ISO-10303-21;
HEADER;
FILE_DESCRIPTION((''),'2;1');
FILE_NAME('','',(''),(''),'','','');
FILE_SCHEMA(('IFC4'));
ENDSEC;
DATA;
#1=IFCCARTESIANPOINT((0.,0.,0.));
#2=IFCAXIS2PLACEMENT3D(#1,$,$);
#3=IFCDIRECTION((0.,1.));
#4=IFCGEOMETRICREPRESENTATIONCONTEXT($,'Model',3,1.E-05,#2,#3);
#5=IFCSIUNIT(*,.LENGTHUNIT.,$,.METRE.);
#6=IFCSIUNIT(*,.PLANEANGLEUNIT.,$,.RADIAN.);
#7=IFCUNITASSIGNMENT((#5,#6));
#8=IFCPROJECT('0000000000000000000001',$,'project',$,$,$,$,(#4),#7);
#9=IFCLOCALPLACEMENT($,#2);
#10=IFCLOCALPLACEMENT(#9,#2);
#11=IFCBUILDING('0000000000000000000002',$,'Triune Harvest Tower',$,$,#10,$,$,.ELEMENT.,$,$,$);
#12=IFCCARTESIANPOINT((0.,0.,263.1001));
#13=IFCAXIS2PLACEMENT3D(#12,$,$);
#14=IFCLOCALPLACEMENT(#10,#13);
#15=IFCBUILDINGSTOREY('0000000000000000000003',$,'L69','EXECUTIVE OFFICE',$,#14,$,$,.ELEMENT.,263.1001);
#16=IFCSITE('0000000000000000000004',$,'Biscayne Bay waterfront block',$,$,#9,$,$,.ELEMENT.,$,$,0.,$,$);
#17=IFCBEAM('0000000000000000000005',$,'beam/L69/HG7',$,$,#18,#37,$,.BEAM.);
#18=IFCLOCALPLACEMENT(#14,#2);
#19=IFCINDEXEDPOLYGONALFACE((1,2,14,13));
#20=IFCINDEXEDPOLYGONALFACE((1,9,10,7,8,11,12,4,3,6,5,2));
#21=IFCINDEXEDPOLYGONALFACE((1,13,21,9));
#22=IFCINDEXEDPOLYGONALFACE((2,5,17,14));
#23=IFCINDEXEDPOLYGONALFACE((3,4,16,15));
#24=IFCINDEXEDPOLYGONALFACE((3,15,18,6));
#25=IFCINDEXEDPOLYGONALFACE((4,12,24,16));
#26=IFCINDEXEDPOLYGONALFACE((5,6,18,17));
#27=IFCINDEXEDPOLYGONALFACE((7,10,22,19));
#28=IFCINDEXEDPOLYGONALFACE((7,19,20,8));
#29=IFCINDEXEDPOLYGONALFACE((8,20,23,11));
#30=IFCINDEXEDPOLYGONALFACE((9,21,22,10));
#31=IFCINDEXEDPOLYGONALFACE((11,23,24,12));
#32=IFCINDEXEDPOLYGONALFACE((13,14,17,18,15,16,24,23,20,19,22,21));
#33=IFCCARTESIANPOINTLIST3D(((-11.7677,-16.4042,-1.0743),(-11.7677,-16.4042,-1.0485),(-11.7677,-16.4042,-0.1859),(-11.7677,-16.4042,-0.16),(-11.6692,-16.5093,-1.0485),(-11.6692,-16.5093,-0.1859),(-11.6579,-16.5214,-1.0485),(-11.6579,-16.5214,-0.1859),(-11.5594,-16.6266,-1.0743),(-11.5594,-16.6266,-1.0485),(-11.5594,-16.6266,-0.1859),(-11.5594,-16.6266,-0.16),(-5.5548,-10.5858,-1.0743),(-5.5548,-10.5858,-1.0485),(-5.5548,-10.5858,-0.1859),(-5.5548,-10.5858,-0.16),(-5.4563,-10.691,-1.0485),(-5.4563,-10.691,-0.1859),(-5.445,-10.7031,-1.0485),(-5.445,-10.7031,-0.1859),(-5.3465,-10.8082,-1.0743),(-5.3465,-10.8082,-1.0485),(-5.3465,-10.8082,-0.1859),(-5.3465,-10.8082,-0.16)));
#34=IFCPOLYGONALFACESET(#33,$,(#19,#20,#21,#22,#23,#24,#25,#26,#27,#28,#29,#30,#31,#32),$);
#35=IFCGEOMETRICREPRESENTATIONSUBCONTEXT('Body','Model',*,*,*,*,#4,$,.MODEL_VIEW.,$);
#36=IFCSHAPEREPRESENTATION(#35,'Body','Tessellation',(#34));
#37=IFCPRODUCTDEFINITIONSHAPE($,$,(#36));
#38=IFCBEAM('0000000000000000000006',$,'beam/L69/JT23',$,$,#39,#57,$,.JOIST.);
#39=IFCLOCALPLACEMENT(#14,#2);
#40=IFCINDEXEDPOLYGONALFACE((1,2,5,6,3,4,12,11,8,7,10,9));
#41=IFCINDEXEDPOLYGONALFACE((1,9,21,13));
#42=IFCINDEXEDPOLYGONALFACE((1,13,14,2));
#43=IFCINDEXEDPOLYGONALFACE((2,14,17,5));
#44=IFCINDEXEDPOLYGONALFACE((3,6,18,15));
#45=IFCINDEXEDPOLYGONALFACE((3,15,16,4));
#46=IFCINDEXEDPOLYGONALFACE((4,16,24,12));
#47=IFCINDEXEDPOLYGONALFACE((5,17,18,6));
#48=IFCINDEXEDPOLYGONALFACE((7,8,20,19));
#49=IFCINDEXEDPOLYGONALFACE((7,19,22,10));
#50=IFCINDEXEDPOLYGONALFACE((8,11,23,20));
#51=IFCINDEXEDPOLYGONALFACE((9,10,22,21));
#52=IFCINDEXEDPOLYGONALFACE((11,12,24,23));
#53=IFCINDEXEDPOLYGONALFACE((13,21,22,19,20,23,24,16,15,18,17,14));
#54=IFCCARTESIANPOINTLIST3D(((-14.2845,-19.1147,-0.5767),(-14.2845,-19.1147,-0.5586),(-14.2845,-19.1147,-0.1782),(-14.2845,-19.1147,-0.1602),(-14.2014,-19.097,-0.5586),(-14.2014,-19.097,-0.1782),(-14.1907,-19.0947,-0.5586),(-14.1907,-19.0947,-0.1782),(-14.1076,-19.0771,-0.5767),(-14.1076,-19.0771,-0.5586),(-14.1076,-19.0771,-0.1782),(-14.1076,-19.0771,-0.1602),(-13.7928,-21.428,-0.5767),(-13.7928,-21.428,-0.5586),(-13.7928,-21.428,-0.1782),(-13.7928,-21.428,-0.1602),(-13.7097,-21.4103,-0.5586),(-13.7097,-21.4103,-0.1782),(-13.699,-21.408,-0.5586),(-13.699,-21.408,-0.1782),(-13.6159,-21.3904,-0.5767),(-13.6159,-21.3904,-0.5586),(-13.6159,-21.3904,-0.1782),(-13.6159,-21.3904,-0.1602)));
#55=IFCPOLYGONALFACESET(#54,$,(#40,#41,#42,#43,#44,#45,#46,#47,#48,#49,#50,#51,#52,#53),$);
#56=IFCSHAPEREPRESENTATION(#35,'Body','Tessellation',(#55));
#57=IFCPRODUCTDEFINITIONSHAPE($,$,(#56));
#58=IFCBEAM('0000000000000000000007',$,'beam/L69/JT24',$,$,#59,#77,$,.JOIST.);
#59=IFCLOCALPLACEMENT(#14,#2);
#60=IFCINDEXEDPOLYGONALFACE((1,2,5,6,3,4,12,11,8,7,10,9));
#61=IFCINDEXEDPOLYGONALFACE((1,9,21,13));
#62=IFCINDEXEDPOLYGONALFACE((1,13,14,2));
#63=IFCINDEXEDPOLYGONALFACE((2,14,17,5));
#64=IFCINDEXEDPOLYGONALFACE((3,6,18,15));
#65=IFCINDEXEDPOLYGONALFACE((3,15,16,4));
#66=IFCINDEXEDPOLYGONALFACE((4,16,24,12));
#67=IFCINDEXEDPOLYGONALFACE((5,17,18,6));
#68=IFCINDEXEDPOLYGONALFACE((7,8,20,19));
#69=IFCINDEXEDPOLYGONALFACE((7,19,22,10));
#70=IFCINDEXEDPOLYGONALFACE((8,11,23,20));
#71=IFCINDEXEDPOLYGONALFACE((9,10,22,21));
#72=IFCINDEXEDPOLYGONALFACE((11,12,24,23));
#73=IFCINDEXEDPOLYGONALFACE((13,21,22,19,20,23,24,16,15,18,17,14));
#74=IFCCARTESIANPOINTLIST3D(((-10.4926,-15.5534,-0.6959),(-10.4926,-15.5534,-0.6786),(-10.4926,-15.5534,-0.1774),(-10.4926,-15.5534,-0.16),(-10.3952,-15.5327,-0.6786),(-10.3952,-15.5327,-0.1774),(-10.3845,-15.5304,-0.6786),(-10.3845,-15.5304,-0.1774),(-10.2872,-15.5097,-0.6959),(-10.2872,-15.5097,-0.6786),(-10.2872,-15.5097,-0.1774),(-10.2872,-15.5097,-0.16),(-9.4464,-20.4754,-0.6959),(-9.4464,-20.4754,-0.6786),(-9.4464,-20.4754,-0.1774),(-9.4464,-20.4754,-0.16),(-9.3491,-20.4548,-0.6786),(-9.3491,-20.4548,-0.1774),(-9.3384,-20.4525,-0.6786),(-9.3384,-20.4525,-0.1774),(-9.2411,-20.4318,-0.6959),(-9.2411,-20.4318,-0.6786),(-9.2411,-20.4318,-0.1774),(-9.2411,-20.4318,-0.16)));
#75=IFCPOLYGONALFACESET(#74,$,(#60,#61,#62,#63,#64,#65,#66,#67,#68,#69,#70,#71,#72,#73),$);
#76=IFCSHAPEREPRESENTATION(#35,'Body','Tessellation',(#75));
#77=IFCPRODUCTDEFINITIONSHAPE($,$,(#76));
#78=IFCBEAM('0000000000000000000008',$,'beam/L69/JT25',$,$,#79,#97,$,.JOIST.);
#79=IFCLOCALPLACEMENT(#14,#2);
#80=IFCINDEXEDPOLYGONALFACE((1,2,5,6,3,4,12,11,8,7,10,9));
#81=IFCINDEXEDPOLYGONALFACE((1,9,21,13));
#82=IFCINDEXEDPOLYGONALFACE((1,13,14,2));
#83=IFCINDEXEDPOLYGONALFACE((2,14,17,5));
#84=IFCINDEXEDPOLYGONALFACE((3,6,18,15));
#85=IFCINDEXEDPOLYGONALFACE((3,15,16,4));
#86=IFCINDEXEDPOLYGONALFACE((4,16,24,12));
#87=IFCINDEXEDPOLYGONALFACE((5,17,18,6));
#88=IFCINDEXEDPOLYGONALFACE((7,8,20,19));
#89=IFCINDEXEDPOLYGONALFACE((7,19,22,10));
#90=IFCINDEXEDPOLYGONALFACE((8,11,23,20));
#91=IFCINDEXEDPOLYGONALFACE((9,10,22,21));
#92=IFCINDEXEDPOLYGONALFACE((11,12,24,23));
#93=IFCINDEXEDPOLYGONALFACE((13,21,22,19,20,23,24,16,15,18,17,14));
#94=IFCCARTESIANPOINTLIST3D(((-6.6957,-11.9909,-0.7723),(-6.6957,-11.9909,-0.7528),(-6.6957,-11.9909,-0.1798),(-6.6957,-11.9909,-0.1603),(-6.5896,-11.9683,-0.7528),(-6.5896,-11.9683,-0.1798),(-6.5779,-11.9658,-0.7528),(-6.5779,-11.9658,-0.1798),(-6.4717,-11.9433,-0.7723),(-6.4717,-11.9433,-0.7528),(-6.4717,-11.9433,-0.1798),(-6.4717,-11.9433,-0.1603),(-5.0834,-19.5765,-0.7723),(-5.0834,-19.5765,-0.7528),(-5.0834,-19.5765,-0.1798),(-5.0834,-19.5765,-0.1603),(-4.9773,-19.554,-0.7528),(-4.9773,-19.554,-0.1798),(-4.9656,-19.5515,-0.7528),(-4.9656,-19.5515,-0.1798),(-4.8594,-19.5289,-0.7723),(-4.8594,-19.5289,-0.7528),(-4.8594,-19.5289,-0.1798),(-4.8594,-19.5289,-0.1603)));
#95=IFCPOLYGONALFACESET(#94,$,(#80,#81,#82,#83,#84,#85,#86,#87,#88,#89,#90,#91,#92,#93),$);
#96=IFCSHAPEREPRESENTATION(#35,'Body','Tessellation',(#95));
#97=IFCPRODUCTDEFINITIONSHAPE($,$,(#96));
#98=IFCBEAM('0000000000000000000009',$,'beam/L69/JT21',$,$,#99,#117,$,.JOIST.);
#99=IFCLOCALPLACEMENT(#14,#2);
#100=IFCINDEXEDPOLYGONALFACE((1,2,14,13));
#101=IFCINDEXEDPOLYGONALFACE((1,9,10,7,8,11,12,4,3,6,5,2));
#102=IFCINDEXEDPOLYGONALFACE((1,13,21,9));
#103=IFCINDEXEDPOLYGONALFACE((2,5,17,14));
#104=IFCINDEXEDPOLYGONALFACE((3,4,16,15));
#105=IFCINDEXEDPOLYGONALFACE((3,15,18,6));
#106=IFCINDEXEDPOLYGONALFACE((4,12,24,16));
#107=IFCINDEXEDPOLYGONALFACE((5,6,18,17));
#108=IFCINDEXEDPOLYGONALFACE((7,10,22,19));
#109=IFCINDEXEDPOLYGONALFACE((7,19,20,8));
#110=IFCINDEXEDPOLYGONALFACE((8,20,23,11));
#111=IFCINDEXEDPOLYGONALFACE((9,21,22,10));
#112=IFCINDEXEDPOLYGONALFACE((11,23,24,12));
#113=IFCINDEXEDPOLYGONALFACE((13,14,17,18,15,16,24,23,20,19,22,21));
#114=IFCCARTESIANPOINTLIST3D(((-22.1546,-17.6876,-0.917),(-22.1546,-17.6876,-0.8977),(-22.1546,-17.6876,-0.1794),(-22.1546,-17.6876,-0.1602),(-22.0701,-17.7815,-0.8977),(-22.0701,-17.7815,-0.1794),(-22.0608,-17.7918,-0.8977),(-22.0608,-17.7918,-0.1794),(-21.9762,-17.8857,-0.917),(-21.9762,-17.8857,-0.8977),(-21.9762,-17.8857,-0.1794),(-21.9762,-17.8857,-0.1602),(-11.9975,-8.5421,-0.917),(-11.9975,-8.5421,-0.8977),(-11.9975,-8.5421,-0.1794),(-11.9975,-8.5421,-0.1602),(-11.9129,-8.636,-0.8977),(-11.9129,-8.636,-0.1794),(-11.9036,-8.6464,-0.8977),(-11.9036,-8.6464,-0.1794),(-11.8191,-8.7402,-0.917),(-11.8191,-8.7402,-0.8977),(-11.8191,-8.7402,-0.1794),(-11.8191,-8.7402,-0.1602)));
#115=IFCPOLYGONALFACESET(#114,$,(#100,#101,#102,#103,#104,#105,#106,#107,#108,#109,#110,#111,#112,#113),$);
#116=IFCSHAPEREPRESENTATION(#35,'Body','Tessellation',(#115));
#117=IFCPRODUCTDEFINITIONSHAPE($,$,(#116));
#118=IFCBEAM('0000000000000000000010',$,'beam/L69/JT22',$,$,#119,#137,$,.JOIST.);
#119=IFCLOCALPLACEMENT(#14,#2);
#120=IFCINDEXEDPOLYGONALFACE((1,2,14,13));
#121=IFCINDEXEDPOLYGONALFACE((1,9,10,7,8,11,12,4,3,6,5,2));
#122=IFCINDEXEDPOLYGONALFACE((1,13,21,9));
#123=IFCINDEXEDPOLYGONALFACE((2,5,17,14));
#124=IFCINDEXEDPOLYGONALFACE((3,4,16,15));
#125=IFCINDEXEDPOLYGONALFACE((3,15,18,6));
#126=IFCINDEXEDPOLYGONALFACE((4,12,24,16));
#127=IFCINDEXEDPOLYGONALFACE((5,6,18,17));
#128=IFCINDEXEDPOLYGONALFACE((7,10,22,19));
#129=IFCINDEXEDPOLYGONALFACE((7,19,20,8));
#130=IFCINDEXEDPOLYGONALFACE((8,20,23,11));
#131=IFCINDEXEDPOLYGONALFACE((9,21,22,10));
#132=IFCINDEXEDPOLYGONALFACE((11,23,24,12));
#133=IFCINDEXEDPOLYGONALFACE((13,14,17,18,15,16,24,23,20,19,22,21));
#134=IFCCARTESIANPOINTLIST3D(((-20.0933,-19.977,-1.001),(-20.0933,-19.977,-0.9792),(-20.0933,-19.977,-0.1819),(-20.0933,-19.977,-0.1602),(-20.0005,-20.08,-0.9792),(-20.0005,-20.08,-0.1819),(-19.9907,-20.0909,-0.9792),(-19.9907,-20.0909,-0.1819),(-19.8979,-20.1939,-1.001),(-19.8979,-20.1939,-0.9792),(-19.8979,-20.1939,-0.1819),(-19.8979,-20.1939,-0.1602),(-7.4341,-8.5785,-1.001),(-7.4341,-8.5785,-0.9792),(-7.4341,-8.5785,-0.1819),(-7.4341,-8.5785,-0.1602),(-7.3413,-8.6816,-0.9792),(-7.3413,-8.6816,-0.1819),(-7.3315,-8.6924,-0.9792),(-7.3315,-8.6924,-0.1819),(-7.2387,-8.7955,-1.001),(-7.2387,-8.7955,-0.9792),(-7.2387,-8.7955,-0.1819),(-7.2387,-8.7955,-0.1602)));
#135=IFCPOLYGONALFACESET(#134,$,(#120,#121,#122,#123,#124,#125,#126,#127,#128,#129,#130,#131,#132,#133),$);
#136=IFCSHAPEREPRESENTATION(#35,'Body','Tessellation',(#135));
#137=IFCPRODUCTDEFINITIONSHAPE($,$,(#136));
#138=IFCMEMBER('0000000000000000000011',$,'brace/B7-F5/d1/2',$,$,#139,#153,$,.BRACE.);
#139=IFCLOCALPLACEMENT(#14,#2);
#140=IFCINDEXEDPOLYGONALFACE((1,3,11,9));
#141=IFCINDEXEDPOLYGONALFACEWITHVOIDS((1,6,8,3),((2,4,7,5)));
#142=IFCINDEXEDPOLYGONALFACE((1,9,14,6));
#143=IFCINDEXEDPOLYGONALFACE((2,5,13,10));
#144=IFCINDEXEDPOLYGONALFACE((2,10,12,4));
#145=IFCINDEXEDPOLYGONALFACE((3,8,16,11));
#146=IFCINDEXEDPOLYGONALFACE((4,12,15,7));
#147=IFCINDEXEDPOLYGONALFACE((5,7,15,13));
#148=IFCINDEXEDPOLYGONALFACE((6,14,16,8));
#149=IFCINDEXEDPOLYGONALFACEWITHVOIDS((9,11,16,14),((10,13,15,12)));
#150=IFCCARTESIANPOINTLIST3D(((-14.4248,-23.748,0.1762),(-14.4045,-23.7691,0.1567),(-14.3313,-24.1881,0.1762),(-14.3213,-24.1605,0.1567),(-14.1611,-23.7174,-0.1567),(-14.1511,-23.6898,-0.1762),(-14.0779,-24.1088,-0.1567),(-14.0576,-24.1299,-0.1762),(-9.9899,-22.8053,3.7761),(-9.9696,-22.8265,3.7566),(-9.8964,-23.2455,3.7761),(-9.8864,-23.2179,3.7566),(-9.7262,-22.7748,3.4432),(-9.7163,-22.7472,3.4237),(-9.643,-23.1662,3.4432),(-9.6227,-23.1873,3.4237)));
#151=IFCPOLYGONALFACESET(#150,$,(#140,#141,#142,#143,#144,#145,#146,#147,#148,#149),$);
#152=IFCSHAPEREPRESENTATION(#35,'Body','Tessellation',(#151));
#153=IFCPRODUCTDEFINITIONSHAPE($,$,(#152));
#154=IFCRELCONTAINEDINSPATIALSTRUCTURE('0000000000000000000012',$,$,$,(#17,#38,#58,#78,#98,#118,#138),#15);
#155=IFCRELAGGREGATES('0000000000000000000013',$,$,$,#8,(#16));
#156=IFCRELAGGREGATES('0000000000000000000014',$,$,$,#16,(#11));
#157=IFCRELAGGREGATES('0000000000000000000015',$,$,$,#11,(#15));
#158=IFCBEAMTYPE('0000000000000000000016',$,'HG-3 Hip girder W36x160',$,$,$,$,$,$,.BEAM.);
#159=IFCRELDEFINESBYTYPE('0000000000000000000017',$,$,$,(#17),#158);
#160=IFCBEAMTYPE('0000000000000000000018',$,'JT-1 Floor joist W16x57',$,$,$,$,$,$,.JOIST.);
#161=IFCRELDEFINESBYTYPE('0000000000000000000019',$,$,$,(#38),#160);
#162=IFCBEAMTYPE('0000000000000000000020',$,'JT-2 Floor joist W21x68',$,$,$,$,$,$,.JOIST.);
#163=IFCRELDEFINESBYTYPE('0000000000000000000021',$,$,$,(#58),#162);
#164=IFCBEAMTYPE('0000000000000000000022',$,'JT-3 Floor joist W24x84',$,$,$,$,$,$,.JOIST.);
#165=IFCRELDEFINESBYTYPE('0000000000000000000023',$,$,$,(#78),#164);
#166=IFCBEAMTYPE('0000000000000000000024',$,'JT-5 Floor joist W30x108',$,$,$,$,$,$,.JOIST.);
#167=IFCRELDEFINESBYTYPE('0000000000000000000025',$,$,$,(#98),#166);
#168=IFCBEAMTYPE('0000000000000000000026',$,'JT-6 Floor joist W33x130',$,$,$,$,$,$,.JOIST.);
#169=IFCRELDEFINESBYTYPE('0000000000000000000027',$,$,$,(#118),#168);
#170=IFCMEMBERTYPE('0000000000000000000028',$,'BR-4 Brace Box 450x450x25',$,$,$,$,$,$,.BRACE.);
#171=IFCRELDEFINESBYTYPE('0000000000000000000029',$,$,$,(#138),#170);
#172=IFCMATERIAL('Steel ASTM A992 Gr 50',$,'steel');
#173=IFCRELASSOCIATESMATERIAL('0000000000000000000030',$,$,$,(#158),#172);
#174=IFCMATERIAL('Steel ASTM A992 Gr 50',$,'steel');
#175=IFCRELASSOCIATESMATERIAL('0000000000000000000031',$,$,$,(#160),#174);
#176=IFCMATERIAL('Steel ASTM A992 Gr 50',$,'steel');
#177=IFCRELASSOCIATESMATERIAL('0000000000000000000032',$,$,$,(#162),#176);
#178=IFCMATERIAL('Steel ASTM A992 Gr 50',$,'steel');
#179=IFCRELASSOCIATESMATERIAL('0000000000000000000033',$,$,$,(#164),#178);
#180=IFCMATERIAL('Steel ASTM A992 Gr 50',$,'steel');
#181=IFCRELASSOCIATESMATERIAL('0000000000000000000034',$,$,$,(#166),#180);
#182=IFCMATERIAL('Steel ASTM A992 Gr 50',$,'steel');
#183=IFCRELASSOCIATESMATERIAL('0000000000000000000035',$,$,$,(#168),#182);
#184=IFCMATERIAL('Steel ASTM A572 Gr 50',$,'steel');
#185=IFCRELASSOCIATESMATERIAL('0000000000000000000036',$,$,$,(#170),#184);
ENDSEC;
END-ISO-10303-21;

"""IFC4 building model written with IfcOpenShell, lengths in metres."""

from ifc_helpers import new_model, si_unit, direction, frame, origin, origin_2d, place, context, subcontext, project, spatial, hollow_rectangle, i_section, extrude, source, transform, mapped, material, material_profile, profile_set, type_object, element, save


model = new_model("IFC4")

# Units and contexts
model_context = context("Model", 3, precision=1e-05, world=origin(), true_north=direction((0.0, 1.0)))
body_context = subcontext(model_context, "Body", "Model", "MODEL_VIEW")
ifc_project = project(units=[si_unit("LENGTHUNIT", "METRE"), si_unit("PLANEANGLEUNIT", "RADIAN")], contexts=[model_context])

# Site, building, storey
site_placement = place(None, origin())
site = spatial("IfcSite", under=ifc_project, at=site_placement, Name="Biscayne Bay waterfront block", CompositionType="ELEMENT", RefElevation=0.0)
building_placement = place(site_placement, origin())
building = spatial("IfcBuilding", under=site, at=building_placement, Name="Triune Harvest Tower", CompositionType="ELEMENT")
storey_placement = place(building_placement, frame((0.0, 0.0, 263.1001)))
storey = spatial("IfcBuildingStorey", under=building, at=storey_placement, Name="L69", Description="EXECUTIVE OFFICE", CompositionType="ELEMENT", Elevation=263.1001)

# Beams
ifc_material_1 = material(Name="Steel ASTM A992 Gr 50", Category="steel")
ifc_material_profile_1 = material_profile(ifc_material_1, i_section(OverallWidth=0.3047, OverallDepth=0.9143, WebThickness=0.0166, FlangeThickness=0.0259, at=origin_2d()), Name="W36x160")
ifc_profile_set_1 = profile_set([ifc_material_profile_1], Name="Steel ASTM A992 Gr 50")
beam_type_1 = type_object("IfcBeamType", Name="HG-3 Hip girder W36x160", PredefinedType="BEAM", material=ifc_profile_set_1)
shared_shape_1 = source(origin(), body_context, "Body", "SweptSolid", [
    extrude(i_section(OverallWidth=0.3047, OverallDepth=0.9143, WebThickness=0.0166, FlangeThickness=0.0259, at=origin_2d()), origin(), (0.0, 0.0, 1.0), 8.512),
])
beam_1_placement = place(storey_placement, frame((-11.6636, -16.5154, -0.6172), z_axis=(0.729902, 0.683552, 0.0), x_axis=(-0.683552, 0.729902, 0.0)))
element("IfcBeam", 1, at=beam_1_placement, inside=storey, type_object=beam_type_1, Name="beam/L69/HG7", PredefinedType="BEAM", context=body_context, shape_type="MappedRepresentation", body=[
    mapped(shared_shape_1, transform((0.0, 0.0, 0.0), scale=1.0)),
])
ifc_material_2 = material(Name="Steel ASTM A992 Gr 50", Category="steel")
ifc_material_profile_2 = material_profile(ifc_material_2, i_section(OverallWidth=0.1809, OverallDepth=0.4165, WebThickness=0.011, FlangeThickness=0.0181, at=origin_2d()), Name="W16x57")
ifc_profile_set_2 = profile_set([ifc_material_profile_2], Name="Steel ASTM A992 Gr 50")
beam_type_2 = type_object("IfcBeamType", Name="JT-1 Floor joist W16x57", PredefinedType="JOIST", material=ifc_profile_set_2)
shared_shape_2 = source(origin(), body_context, "Body", "SweptSolid", [
    extrude(i_section(OverallWidth=0.1809, OverallDepth=0.4165, WebThickness=0.011, FlangeThickness=0.0181, at=origin_2d()), origin(), (0.0, 0.0, 1.0), 2.365),
])
beam_2_placement = place(storey_placement, frame((-13.7043, -21.4092, -0.3684), z_axis=(-0.207914, 0.978147, 0.0), x_axis=(-0.978147, -0.207914, 0.0)))
element("IfcBeam", 2, at=beam_2_placement, inside=storey, type_object=beam_type_2, Name="beam/L69/JT23", PredefinedType="JOIST", context=body_context, shape_type="MappedRepresentation", body=[
    mapped(shared_shape_2, transform((0.0, 0.0, 0.0), scale=1.0)),
])
ifc_material_3 = material(Name="Steel ASTM A992 Gr 50", Category="steel")
ifc_material_profile_3 = material_profile(ifc_material_3, i_section(OverallWidth=0.21, OverallDepth=0.5359, WebThickness=0.011, FlangeThickness=0.0173, at=origin_2d()), Name="W21x68")
ifc_profile_set_3 = profile_set([ifc_material_profile_3], Name="Steel ASTM A992 Gr 50")
beam_type_3 = type_object("IfcBeamType", Name="JT-2 Floor joist W21x68", PredefinedType="JOIST", material=ifc_profile_set_3)
shared_shape_3 = source(origin(), body_context, "Body", "SweptSolid", [
    extrude(i_section(OverallWidth=0.21, OverallDepth=0.5359, WebThickness=0.011, FlangeThickness=0.0173, at=origin_2d()), origin(), (0.0, 0.0, 1.0), 5.032),
])
beam_3_placement = place(storey_placement, frame((-9.3438, -20.4536, -0.428), z_axis=(-0.207895, 0.978151, 0.0), x_axis=(-0.978151, -0.207895, 0.0)))
element("IfcBeam", 3, at=beam_3_placement, inside=storey, type_object=beam_type_3, Name="beam/L69/JT24", PredefinedType="JOIST", context=body_context, shape_type="MappedRepresentation", body=[
    mapped(shared_shape_3, transform((0.0, 0.0, 0.0), scale=1.0)),
])
ifc_material_4 = material(Name="Steel ASTM A992 Gr 50", Category="steel")
ifc_material_profile_4 = material_profile(ifc_material_4, i_section(OverallWidth=0.229, OverallDepth=0.6121, WebThickness=0.012, FlangeThickness=0.0195, at=origin_2d()), Name="W24x84")
ifc_profile_set_4 = profile_set([ifc_material_profile_4], Name="Steel ASTM A992 Gr 50")
beam_type_4 = type_object("IfcBeamType", Name="JT-3 Floor joist W24x84", PredefinedType="JOIST", material=ifc_profile_set_4)
shared_shape_4 = source(origin(), body_context, "Body", "SweptSolid", [
    extrude(i_section(OverallWidth=0.229, OverallDepth=0.6121, WebThickness=0.012, FlangeThickness=0.0195, at=origin_2d()), origin(), (0.0, 0.0, 1.0), 7.7551),
])
beam_4_placement = place(storey_placement, frame((-4.9714, -19.5527, -0.4663), z_axis=(-0.207901, 0.97815, 0.0), x_axis=(-0.97815, -0.207901, 0.0)))
element("IfcBeam", 4, at=beam_4_placement, inside=storey, type_object=beam_type_4, Name="beam/L69/JT25", PredefinedType="JOIST", context=body_context, shape_type="MappedRepresentation", body=[
    mapped(shared_shape_4, transform((0.0, 0.0, 0.0), scale=1.0)),
])
ifc_material_5 = material(Name="Steel ASTM A992 Gr 50", Category="steel")
ifc_material_profile_5 = material_profile(ifc_material_5, i_section(OverallWidth=0.2666, OverallDepth=0.7568, WebThickness=0.0139, FlangeThickness=0.0193, at=origin_2d()), Name="W30x108")
ifc_profile_set_5 = profile_set([ifc_material_profile_5], Name="Steel ASTM A992 Gr 50")
beam_type_5 = type_object("IfcBeamType", Name="JT-5 Floor joist W30x108", PredefinedType="JOIST", material=ifc_profile_set_5)
shared_shape_5 = source(origin(), body_context, "Body", "SweptSolid", [
    extrude(i_section(OverallWidth=0.2666, OverallDepth=0.7568, WebThickness=0.0139, FlangeThickness=0.0193, at=origin_2d()), origin(), (0.0, 0.0, 1.0), 13.6677),
])
beam_5_placement = place(storey_placement, frame((-22.0654, -17.7866, -0.5386), z_axis=(0.743148, 0.669127, 0.0), x_axis=(-0.669127, 0.743148, 0.0)))
element("IfcBeam", 5, at=beam_5_placement, inside=storey, type_object=beam_type_5, Name="beam/L69/JT21", PredefinedType="JOIST", context=body_context, shape_type="MappedRepresentation", body=[
    mapped(shared_shape_5, transform((0.0, 0.0, 0.0), scale=1.0)),
])
ifc_material_6 = material(Name="Steel ASTM A992 Gr 50", Category="steel")
ifc_material_profile_6 = material_profile(ifc_material_6, i_section(OverallWidth=0.292, OverallDepth=0.8408, WebThickness=0.0146, FlangeThickness=0.0217, at=origin_2d()), Name="W33x130")
ifc_profile_set_6 = profile_set([ifc_material_profile_6], Name="Steel ASTM A992 Gr 50")
beam_type_6 = type_object("IfcBeamType", Name="JT-6 Floor joist W33x130", PredefinedType="JOIST", material=ifc_profile_set_6)
shared_shape_6 = source(origin(), body_context, "Body", "SweptSolid", [
    extrude(i_section(OverallWidth=0.292, OverallDepth=0.8408, WebThickness=0.0146, FlangeThickness=0.0217, at=origin_2d()), origin(), (0.0, 0.0, 1.0), 17.0347),
])
beam_6_placement = place(storey_placement, frame((-19.9956, -20.0854, -0.5806), z_axis=(0.743143, 0.669133, 0.0), x_axis=(-0.669133, 0.743143, 0.0)))
element("IfcBeam", 6, at=beam_6_placement, inside=storey, type_object=beam_type_6, Name="beam/L69/JT22", PredefinedType="JOIST", context=body_context, shape_type="MappedRepresentation", body=[
    mapped(shared_shape_6, transform((0.0, 0.0, 0.0), scale=1.0)),
])

# Member
ifc_material_7 = material(Name="Steel ASTM A572 Gr 50", Category="steel")
ifc_material_profile_7 = material_profile(ifc_material_7, hollow_rectangle(XDim=0.45, YDim=0.45, WallThickness=0.0249, at=origin_2d()), Name="Box 450x450x25")
ifc_profile_set_7 = profile_set([ifc_material_profile_7], Name="Steel ASTM A572 Gr 50")
member_type_1 = type_object("IfcMemberType", Name="BR-4 Brace Box 450x450x25", PredefinedType="BRACE", material=ifc_profile_set_7)
shared_shape_7 = source(origin(), body_context, "Body", "SweptSolid", [
    extrude(hollow_rectangle(XDim=0.45, YDim=0.45, WallThickness=0.0249, at=origin_2d()), origin(), (0.0, 0.0, 1.0), 5.7893),
])
member_1_placement = place(storey_placement, frame((-14.2412, -23.939, 0.0), z_axis=(0.766047, 0.162825, 0.62182), x_axis=(-0.207907, 0.978149, 0.0)))
element("IfcMember", 7, at=member_1_placement, inside=storey, type_object=member_type_1, Name="brace/B7-F5/d1/2", PredefinedType="BRACE", context=body_context, shape_type="MappedRepresentation", body=[
    mapped(shared_shape_7, transform((0.0, 0.0, 0.0), scale=1.0)),
])

save(model, "model.ifc")
